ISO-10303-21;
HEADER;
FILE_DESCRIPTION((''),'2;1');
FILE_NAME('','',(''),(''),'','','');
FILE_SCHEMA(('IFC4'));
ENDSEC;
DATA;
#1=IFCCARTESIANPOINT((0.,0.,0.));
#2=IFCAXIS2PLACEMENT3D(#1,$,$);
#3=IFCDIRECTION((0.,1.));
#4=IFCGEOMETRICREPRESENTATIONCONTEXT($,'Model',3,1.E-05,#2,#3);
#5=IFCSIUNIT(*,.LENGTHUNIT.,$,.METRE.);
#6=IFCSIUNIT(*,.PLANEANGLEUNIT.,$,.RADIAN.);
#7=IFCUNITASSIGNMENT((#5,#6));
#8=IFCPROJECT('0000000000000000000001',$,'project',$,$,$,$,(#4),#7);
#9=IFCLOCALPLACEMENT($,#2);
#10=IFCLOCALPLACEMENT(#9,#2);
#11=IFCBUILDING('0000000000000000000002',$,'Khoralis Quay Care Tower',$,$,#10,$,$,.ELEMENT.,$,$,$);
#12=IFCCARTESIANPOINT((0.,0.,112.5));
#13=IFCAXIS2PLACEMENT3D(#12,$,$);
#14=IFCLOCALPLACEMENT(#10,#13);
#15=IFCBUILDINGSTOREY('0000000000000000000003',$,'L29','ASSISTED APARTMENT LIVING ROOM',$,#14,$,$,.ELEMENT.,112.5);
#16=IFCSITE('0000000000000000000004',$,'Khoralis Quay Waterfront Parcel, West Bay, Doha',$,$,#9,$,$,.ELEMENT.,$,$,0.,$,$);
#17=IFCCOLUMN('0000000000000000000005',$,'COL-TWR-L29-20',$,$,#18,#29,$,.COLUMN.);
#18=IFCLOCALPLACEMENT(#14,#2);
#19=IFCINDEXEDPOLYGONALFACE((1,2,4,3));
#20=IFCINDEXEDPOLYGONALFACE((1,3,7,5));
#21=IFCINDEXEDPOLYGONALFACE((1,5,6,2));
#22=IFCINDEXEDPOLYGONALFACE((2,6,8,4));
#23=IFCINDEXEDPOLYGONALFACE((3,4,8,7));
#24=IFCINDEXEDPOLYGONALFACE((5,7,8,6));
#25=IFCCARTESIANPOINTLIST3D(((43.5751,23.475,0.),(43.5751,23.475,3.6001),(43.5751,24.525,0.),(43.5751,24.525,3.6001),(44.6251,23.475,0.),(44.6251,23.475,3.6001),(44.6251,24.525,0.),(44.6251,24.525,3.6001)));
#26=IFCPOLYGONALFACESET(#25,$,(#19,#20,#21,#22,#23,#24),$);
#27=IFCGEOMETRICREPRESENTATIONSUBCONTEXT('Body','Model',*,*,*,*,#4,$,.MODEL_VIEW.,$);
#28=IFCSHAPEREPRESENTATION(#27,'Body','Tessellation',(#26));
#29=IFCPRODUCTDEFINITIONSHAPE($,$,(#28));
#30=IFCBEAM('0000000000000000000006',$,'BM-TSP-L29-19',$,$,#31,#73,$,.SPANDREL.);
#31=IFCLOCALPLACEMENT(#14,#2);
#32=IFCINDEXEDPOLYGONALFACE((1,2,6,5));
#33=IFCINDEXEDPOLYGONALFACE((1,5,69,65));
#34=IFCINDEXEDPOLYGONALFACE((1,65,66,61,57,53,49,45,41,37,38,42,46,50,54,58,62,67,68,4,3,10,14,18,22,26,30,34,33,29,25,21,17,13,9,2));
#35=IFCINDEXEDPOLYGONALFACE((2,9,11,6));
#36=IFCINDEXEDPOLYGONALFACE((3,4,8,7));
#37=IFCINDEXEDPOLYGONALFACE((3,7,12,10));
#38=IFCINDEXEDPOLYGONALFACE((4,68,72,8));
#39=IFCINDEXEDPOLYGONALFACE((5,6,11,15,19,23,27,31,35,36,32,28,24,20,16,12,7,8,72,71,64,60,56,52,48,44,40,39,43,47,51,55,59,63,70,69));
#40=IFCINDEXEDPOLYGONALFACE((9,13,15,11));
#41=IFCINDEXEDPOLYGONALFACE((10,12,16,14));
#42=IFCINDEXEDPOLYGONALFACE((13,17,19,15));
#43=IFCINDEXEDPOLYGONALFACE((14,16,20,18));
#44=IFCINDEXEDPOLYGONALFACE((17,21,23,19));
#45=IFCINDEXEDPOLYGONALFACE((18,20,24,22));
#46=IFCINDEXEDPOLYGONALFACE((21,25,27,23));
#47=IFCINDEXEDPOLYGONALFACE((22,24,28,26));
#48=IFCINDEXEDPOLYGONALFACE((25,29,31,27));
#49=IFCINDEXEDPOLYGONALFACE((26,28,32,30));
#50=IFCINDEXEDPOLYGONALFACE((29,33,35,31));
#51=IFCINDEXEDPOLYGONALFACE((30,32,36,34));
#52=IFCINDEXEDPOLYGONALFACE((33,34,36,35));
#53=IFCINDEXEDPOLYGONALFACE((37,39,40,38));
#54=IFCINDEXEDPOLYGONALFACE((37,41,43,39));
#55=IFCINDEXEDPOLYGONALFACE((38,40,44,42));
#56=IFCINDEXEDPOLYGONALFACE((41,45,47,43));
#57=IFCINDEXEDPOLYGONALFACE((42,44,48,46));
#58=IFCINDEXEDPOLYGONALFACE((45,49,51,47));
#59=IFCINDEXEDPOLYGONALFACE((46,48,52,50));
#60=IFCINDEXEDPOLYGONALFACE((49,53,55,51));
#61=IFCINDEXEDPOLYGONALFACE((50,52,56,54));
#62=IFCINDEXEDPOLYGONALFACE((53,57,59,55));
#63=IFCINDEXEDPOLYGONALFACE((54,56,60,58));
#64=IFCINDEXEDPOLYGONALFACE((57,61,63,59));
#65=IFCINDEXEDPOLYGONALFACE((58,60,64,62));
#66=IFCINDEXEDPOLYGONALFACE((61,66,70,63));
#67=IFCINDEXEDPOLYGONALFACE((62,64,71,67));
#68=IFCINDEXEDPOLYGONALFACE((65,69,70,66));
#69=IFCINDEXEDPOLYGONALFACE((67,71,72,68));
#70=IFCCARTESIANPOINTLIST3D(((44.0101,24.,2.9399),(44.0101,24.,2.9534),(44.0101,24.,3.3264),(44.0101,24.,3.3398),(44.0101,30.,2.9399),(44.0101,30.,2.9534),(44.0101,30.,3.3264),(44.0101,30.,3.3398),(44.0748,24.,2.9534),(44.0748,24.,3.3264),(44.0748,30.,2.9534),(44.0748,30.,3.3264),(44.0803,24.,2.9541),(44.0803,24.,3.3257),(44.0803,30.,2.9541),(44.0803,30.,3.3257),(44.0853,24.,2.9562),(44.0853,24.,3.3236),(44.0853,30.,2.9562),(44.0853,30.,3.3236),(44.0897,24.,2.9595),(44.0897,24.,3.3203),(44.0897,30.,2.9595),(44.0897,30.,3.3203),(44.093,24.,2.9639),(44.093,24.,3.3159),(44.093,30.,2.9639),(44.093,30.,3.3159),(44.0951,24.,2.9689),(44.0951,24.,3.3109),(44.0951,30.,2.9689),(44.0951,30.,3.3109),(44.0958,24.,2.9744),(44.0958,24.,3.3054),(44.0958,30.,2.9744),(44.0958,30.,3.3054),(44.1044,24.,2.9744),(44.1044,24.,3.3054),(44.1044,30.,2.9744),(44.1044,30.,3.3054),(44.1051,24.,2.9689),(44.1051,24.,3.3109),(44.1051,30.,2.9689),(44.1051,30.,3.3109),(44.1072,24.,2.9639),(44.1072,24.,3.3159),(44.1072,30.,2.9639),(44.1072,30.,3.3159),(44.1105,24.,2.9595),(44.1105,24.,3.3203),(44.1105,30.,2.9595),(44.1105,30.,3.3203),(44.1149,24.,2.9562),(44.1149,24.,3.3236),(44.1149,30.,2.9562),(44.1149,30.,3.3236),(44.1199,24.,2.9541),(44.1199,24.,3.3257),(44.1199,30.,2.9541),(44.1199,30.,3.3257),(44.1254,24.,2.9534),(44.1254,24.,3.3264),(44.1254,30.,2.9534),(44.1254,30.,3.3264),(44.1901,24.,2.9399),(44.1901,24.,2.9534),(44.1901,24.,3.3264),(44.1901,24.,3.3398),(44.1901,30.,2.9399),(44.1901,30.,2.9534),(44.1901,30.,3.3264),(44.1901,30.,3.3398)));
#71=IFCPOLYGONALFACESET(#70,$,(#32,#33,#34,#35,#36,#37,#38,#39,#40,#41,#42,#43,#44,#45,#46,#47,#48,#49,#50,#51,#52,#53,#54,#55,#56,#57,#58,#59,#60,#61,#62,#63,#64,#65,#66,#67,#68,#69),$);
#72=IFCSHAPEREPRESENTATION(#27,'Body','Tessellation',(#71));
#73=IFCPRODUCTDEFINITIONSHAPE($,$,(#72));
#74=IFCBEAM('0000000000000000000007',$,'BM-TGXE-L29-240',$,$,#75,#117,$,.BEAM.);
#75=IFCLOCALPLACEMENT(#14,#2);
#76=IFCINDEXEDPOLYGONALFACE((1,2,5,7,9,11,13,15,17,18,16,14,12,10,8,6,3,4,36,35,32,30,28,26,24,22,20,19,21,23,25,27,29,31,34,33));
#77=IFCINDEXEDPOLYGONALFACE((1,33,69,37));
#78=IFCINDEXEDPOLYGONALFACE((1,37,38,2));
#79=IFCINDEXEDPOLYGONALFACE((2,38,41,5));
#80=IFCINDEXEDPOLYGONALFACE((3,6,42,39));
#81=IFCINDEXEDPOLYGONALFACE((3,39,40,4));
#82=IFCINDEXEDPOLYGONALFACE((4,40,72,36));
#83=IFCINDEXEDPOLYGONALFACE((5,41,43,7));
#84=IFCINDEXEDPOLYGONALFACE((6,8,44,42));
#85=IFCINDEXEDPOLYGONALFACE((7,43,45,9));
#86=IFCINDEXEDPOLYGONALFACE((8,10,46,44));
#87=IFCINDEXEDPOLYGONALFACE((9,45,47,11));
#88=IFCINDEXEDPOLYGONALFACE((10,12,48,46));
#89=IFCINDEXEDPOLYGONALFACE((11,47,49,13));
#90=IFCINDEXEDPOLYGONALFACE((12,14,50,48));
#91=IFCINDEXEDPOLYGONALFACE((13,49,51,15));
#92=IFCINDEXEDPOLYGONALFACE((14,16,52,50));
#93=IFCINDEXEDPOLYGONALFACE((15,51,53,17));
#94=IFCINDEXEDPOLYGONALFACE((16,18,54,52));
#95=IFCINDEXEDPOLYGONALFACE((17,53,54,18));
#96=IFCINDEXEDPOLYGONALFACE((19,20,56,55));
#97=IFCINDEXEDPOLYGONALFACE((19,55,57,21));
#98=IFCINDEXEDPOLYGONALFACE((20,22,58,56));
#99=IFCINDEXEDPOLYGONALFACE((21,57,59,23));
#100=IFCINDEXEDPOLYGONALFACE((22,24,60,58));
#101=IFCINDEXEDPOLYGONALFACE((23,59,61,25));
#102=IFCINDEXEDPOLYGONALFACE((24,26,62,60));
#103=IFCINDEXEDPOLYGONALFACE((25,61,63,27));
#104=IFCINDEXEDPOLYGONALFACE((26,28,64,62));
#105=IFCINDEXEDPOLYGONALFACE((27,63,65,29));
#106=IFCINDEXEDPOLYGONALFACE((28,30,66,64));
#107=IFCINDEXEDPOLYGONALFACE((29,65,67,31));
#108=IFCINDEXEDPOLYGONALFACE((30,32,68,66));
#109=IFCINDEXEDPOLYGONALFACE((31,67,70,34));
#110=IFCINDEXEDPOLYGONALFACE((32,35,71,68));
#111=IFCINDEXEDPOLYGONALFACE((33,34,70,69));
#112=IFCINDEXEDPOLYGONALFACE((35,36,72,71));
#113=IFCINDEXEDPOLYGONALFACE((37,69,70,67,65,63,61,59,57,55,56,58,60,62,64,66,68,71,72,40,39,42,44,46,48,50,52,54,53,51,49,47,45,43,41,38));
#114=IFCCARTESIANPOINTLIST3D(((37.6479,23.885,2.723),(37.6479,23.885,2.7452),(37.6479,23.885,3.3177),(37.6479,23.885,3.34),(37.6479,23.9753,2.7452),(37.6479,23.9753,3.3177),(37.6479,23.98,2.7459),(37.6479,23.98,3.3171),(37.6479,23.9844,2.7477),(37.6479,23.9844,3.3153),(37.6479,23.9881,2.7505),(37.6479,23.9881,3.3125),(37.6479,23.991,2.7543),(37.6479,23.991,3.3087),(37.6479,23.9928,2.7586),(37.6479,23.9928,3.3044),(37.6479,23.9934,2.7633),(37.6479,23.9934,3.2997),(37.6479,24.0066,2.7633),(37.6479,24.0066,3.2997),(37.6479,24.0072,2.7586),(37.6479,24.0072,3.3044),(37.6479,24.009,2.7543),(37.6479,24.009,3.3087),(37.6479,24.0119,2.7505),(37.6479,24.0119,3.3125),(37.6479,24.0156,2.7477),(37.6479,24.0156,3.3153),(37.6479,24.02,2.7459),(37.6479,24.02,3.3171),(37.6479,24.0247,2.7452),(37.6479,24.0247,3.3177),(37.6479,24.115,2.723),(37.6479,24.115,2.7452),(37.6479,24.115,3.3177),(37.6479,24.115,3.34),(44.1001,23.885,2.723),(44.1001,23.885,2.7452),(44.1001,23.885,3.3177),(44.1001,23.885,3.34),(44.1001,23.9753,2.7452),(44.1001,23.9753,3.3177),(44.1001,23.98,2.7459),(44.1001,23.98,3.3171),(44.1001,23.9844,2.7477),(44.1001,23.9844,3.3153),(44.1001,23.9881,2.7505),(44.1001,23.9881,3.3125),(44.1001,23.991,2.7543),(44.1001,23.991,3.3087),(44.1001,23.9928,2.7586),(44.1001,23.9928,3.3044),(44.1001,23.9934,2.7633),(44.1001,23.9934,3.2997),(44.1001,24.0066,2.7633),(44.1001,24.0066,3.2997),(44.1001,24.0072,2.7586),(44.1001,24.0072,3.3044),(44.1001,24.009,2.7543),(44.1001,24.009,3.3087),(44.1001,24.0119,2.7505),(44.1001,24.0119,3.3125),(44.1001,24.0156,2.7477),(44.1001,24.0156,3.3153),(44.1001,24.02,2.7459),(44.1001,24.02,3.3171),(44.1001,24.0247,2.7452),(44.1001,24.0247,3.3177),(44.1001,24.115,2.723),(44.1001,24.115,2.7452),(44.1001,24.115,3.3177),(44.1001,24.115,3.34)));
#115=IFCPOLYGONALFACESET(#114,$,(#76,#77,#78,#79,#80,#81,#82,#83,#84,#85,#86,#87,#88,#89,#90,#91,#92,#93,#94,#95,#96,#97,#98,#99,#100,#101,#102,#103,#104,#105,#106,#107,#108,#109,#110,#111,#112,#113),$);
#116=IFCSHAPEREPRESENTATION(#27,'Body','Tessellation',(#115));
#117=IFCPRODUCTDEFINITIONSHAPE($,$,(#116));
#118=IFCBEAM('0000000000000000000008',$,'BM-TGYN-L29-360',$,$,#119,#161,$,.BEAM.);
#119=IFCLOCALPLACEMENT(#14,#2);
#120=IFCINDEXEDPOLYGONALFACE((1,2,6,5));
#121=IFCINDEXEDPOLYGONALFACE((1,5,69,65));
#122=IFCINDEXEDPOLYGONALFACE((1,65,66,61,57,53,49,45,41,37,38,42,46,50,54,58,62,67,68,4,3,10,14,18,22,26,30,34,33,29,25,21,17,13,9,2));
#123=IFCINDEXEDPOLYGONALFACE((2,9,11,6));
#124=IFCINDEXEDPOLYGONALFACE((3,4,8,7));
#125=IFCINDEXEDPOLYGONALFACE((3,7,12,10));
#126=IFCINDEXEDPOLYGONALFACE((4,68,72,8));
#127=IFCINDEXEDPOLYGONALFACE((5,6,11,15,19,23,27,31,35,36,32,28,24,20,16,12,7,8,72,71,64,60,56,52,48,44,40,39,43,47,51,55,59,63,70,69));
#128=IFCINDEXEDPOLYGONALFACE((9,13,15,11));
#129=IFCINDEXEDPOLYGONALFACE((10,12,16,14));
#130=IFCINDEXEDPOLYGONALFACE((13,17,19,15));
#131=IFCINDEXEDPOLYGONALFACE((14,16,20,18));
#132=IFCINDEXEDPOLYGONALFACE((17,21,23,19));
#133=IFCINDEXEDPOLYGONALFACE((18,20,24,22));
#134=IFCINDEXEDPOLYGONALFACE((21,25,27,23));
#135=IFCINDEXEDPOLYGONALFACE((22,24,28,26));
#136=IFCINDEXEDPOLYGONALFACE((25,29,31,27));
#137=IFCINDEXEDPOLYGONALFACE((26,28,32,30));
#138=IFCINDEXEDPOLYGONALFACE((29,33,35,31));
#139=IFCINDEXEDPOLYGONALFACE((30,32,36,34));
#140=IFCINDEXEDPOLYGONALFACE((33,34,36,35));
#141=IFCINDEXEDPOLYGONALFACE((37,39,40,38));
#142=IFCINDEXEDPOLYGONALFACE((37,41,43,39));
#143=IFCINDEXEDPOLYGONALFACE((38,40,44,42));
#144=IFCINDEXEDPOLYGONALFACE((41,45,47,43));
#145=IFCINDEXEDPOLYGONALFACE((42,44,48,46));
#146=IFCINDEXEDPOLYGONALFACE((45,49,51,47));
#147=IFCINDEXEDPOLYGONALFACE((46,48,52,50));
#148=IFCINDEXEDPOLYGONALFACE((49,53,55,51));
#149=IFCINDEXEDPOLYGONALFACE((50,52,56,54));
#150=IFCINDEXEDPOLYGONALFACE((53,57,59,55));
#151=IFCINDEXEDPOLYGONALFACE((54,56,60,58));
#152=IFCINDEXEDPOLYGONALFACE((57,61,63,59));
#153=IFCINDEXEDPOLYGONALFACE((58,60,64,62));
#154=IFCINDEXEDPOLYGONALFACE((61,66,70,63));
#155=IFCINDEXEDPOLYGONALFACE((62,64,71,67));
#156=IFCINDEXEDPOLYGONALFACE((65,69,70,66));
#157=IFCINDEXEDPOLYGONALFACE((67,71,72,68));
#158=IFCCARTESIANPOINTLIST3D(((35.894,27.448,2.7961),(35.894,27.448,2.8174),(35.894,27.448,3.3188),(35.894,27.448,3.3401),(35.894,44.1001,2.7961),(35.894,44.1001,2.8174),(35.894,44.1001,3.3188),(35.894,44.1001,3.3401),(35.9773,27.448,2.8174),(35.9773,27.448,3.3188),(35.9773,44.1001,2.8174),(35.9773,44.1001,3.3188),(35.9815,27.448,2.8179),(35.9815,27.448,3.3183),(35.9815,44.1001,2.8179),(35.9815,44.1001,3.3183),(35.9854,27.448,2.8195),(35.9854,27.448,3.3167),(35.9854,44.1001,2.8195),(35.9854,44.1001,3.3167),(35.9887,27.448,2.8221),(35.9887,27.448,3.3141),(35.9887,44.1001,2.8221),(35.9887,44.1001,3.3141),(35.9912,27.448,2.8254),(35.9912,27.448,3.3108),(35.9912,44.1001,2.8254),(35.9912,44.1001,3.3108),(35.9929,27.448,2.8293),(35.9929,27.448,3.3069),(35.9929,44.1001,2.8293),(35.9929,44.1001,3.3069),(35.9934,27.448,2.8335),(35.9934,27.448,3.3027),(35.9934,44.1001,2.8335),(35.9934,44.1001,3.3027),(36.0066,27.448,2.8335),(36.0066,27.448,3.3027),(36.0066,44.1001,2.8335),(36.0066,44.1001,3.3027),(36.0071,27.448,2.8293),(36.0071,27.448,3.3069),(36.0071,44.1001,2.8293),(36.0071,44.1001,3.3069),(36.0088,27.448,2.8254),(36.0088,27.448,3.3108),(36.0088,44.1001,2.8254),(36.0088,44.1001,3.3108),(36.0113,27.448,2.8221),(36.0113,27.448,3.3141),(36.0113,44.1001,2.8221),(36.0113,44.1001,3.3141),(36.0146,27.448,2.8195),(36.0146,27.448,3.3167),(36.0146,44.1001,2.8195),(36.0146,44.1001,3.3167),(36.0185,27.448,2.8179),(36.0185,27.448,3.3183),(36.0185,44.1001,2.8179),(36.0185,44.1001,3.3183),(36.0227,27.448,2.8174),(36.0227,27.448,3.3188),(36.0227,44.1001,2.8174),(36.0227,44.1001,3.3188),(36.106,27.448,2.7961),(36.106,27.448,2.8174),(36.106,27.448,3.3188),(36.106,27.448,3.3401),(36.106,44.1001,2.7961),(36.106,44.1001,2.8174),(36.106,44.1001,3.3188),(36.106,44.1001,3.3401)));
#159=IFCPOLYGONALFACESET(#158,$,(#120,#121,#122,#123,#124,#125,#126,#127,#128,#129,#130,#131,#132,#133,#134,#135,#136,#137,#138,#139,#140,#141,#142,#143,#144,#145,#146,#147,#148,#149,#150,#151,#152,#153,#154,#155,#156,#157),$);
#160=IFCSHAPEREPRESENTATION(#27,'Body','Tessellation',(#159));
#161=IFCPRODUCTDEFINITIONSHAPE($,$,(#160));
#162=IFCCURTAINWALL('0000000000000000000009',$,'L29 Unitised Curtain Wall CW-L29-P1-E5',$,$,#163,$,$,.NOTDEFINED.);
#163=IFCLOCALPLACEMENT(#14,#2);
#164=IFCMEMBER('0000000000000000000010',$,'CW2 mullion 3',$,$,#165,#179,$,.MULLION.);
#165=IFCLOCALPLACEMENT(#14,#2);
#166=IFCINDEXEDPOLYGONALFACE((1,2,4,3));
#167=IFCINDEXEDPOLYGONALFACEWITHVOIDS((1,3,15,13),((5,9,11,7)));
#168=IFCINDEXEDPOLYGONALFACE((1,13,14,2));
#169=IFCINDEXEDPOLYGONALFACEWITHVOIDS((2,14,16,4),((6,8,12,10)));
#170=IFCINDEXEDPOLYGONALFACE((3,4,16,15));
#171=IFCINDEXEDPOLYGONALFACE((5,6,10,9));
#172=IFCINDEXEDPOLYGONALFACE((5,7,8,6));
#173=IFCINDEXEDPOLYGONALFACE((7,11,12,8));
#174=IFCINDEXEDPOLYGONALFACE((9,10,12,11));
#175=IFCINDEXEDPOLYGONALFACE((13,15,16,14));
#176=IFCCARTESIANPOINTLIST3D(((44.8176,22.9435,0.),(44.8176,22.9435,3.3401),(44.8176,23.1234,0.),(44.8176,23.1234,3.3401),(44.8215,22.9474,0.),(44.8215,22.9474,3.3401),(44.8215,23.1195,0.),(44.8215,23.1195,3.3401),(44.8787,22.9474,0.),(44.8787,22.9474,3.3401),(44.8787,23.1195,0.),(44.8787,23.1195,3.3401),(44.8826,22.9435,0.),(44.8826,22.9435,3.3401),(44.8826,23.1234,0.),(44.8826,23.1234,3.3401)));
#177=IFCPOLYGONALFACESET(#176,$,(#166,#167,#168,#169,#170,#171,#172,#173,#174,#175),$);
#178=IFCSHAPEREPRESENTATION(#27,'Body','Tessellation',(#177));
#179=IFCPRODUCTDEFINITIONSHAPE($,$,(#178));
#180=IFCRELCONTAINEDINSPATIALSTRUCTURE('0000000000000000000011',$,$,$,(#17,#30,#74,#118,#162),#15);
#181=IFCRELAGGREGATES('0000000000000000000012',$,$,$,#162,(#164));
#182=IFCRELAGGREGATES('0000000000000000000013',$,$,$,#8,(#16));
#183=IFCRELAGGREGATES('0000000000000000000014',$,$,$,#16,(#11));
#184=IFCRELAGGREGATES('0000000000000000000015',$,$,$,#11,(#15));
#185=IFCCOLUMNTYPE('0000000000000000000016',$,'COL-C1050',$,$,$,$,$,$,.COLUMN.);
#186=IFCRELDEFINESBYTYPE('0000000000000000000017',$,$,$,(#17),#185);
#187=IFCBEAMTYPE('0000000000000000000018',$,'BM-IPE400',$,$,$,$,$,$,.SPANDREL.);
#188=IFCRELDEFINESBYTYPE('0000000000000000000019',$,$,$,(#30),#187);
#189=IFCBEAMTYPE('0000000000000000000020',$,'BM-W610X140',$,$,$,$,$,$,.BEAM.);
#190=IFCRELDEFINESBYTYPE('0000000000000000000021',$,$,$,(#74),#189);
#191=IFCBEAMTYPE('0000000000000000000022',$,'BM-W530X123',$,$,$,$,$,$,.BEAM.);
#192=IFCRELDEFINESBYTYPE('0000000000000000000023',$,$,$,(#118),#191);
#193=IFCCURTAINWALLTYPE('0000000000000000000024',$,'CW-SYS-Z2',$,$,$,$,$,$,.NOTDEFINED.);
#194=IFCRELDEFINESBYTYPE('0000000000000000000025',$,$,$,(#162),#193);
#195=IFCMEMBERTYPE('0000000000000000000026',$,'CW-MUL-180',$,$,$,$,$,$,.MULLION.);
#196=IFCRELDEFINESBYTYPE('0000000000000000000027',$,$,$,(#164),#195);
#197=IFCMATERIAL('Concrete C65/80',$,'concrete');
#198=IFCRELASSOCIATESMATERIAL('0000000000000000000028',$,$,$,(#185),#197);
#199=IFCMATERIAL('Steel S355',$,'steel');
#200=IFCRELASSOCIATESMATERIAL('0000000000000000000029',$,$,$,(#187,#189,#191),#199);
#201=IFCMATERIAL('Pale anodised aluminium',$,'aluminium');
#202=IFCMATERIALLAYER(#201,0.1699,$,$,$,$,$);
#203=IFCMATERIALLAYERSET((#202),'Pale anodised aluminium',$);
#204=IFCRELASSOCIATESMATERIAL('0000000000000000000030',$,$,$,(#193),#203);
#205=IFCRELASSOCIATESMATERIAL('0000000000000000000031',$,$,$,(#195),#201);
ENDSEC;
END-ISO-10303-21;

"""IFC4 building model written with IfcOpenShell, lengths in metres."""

from ifc_helpers import new_model, si_unit, direction, frame, origin, origin_2d, place, context, subcontext, project, spatial, rectangle, hollow_rectangle, i_section, extrude, source, transform, mapped, material, layer, layer_set, material_profile, profile_set, type_object, element, aggregate, save


model = new_model("IFC4")

# Units and contexts
model_context = context("Model", 3, precision=1e-05, world=origin(), true_north=direction((0.0, 1.0)))
body_context = subcontext(model_context, "Body", "Model", "MODEL_VIEW")
ifc_project = project(units=[si_unit("LENGTHUNIT", "METRE"), si_unit("PLANEANGLEUNIT", "RADIAN")], contexts=[model_context])

# Site, building, storey
site_placement = place(None, origin())
site = spatial("IfcSite", under=ifc_project, at=site_placement, Name="Khoralis Quay Waterfront Parcel, West Bay, Doha", CompositionType="ELEMENT", RefElevation=0.0)
building_placement = place(site_placement, origin())
building = spatial("IfcBuilding", under=site, at=building_placement, Name="Khoralis Quay Care Tower", CompositionType="ELEMENT")
storey_placement = place(building_placement, frame((0.0, 0.0, 112.5)))
storey = spatial("IfcBuildingStorey", under=building, at=storey_placement, Name="L29", Description="ASSISTED APARTMENT LIVING ROOM", CompositionType="ELEMENT", Elevation=112.5)

# Column
ifc_material_1 = material(Name="Concrete C65/80", Category="concrete")
ifc_material_profile_1 = material_profile(ifc_material_1, rectangle(XDim=1.05, YDim=1.05, at=origin_2d()), Name="Concrete C65/80")
ifc_profile_set_1 = profile_set([ifc_material_profile_1], Name="Concrete C65/80")
column_type = type_object("IfcColumnType", Name="COL-C1050", PredefinedType="COLUMN", material=ifc_profile_set_1)
shared_shape_1 = source(origin(), body_context, "Body", "SweptSolid", [
    extrude(rectangle(XDim=1.05, YDim=1.05, at=origin_2d()), origin(), (0.0, 0.0, 1.0), 3.6001),
])
column_placement = place(storey_placement, frame((44.1001, 24.0, 0.0), z_axis=(0.0, 0.0, 1.0), x_axis=(1.0, 0.0, 0.0)))
element("IfcColumn", 1, at=column_placement, inside=storey, type_object=column_type, Name="COL-TWR-L29-20", PredefinedType="COLUMN", context=body_context, shape_type="MappedRepresentation", body=[
    mapped(shared_shape_1, transform((0.0, 0.0, 0.0), scale=1.0)),
])

# Beams
ifc_material_2 = material(Name="Steel S355", Category="steel")
ifc_material_profile_2 = material_profile(ifc_material_2, i_section(OverallWidth=0.1799, OverallDepth=0.3999, WebThickness=0.0085, FlangeThickness=0.0134, FilletRadius=0.021, at=origin_2d()), Name="Steel S355")
ifc_profile_set_2 = profile_set([ifc_material_profile_2], Name="Steel S355")
beam_type_1 = type_object("IfcBeamType", Name="BM-IPE400", PredefinedType="SPANDREL", material=ifc_profile_set_2)
shared_shape_2 = source(origin(), body_context, "Body", "SweptSolid", [
    extrude(i_section(OverallWidth=0.1799, OverallDepth=0.3999, WebThickness=0.0085, FlangeThickness=0.0134, FilletRadius=0.021, at=origin_2d()), origin(), (0.0, 0.0, 1.0), 6.0),
])
beam_1_placement = place(storey_placement, frame((44.1001, 24.0, 3.1399), z_axis=(0.0, 1.0, 0.0), x_axis=(-1.0, 0.0, 0.0)))
element("IfcBeam", 2, at=beam_1_placement, inside=storey, type_object=beam_type_1, Name="BM-TSP-L29-19", PredefinedType="SPANDREL", context=body_context, shape_type="MappedRepresentation", body=[
    mapped(shared_shape_2, transform((0.0, 0.0, 0.0), scale=1.0)),
])
ifc_material_profile_3 = material_profile(ifc_material_2, i_section(OverallWidth=0.23, OverallDepth=0.6169, WebThickness=0.0132, FlangeThickness=0.0222, FilletRadius=0.0181, at=origin_2d()), Name="Steel S355")
ifc_profile_set_3 = profile_set([ifc_material_profile_3], Name="Steel S355")
beam_type_2 = type_object("IfcBeamType", Name="BM-W610X140", PredefinedType="BEAM", material=ifc_profile_set_3)
shared_shape_3 = source(origin(), body_context, "Body", "SweptSolid", [
    extrude(i_section(OverallWidth=0.23, OverallDepth=0.6169, WebThickness=0.0132, FlangeThickness=0.0222, FilletRadius=0.0181, at=origin_2d()), origin(), (0.0, 0.0, 1.0), 6.4521),
])
beam_2_placement = place(storey_placement, frame((37.6479, 24.0, 3.0315), z_axis=(1.0, 0.0, 0.0), x_axis=(0.0, 1.0, 0.0)))
element("IfcBeam", 3, at=beam_2_placement, inside=storey, type_object=beam_type_2, Name="BM-TGXE-L29-240", PredefinedType="BEAM", context=body_context, shape_type="MappedRepresentation", body=[
    mapped(shared_shape_3, transform((0.0, 0.0, 0.0), scale=1.0)),
])
ifc_material_profile_4 = material_profile(ifc_material_2, i_section(OverallWidth=0.2119, OverallDepth=0.5439, WebThickness=0.0132, FlangeThickness=0.0212, FilletRadius=0.0161, at=origin_2d()), Name="Steel S355")
ifc_profile_set_4 = profile_set([ifc_material_profile_4], Name="Steel S355")
beam_type_3 = type_object("IfcBeamType", Name="BM-W530X123", PredefinedType="BEAM", material=ifc_profile_set_4)
shared_shape_4 = source(origin(), body_context, "Body", "SweptSolid", [
    extrude(i_section(OverallWidth=0.2119, OverallDepth=0.5439, WebThickness=0.0132, FlangeThickness=0.0212, FilletRadius=0.0161, at=origin_2d()), origin(), (0.0, 0.0, 1.0), 16.6521),
])
beam_3_placement = place(storey_placement, frame((36.0, 27.448, 3.0681), z_axis=(0.0, 1.0, 0.0), x_axis=(-1.0, 0.0, 0.0)))
element("IfcBeam", 4, at=beam_3_placement, inside=storey, type_object=beam_type_3, Name="BM-TGYN-L29-360", PredefinedType="BEAM", context=body_context, shape_type="MappedRepresentation", body=[
    mapped(shared_shape_4, transform((0.0, 0.0, 0.0), scale=1.0)),
])

# Curtain wall, member
ifc_material_3 = material(Name="Pale anodised aluminium", Category="aluminium")
ifc_layer_1 = layer(ifc_material_3, 0.1699)
ifc_layer_set_1 = layer_set([ifc_layer_1], Name="Pale anodised aluminium")
curtain_wall_type = type_object("IfcCurtainWallType", Name="CW-SYS-Z2", PredefinedType="NOTDEFINED", material=ifc_layer_set_1)
curtain_wall_placement = place(storey_placement, origin())
curtain_wall = element("IfcCurtainWall", 5, at=curtain_wall_placement, inside=storey, type_object=curtain_wall_type, Name="L29 Unitised Curtain Wall CW-L29-P1-E5", PredefinedType="NOTDEFINED")
ifc_material_profile_5 = material_profile(ifc_material_3, hollow_rectangle(XDim=0.0649, YDim=0.1799, WallThickness=0.0039, at=origin_2d()), Name="Pale anodised aluminium")
ifc_profile_set_5 = profile_set([ifc_material_profile_5], Name="Pale anodised aluminium")
member_type_1 = type_object("IfcMemberType", Name="CW-MUL-180", PredefinedType="MULLION", material=ifc_profile_set_5)
shared_shape_5 = source(origin(), body_context, "Body", "SweptSolid", [
    extrude(hollow_rectangle(XDim=0.0649, YDim=0.1799, WallThickness=0.0039, at=origin_2d()), origin(), (0.0, 0.0, 1.0), 3.3401),
])
member_1_placement = place(storey_placement, frame((44.8501, 23.0334, 0.0), z_axis=(0.0, 0.0, 1.0), x_axis=(-1.0, 0.0, 0.0)))
member_1 = element("IfcMember", 6, at=member_1_placement, type_object=member_type_1, Name="CW2 mullion 3", PredefinedType="MULLION", context=body_context, shape_type="MappedRepresentation", body=[
    mapped(shared_shape_5, transform((0.0, 0.0, 0.0), scale=1.0)),
])
aggregate(curtain_wall, [member_1])

save(model, "model.ifc")
